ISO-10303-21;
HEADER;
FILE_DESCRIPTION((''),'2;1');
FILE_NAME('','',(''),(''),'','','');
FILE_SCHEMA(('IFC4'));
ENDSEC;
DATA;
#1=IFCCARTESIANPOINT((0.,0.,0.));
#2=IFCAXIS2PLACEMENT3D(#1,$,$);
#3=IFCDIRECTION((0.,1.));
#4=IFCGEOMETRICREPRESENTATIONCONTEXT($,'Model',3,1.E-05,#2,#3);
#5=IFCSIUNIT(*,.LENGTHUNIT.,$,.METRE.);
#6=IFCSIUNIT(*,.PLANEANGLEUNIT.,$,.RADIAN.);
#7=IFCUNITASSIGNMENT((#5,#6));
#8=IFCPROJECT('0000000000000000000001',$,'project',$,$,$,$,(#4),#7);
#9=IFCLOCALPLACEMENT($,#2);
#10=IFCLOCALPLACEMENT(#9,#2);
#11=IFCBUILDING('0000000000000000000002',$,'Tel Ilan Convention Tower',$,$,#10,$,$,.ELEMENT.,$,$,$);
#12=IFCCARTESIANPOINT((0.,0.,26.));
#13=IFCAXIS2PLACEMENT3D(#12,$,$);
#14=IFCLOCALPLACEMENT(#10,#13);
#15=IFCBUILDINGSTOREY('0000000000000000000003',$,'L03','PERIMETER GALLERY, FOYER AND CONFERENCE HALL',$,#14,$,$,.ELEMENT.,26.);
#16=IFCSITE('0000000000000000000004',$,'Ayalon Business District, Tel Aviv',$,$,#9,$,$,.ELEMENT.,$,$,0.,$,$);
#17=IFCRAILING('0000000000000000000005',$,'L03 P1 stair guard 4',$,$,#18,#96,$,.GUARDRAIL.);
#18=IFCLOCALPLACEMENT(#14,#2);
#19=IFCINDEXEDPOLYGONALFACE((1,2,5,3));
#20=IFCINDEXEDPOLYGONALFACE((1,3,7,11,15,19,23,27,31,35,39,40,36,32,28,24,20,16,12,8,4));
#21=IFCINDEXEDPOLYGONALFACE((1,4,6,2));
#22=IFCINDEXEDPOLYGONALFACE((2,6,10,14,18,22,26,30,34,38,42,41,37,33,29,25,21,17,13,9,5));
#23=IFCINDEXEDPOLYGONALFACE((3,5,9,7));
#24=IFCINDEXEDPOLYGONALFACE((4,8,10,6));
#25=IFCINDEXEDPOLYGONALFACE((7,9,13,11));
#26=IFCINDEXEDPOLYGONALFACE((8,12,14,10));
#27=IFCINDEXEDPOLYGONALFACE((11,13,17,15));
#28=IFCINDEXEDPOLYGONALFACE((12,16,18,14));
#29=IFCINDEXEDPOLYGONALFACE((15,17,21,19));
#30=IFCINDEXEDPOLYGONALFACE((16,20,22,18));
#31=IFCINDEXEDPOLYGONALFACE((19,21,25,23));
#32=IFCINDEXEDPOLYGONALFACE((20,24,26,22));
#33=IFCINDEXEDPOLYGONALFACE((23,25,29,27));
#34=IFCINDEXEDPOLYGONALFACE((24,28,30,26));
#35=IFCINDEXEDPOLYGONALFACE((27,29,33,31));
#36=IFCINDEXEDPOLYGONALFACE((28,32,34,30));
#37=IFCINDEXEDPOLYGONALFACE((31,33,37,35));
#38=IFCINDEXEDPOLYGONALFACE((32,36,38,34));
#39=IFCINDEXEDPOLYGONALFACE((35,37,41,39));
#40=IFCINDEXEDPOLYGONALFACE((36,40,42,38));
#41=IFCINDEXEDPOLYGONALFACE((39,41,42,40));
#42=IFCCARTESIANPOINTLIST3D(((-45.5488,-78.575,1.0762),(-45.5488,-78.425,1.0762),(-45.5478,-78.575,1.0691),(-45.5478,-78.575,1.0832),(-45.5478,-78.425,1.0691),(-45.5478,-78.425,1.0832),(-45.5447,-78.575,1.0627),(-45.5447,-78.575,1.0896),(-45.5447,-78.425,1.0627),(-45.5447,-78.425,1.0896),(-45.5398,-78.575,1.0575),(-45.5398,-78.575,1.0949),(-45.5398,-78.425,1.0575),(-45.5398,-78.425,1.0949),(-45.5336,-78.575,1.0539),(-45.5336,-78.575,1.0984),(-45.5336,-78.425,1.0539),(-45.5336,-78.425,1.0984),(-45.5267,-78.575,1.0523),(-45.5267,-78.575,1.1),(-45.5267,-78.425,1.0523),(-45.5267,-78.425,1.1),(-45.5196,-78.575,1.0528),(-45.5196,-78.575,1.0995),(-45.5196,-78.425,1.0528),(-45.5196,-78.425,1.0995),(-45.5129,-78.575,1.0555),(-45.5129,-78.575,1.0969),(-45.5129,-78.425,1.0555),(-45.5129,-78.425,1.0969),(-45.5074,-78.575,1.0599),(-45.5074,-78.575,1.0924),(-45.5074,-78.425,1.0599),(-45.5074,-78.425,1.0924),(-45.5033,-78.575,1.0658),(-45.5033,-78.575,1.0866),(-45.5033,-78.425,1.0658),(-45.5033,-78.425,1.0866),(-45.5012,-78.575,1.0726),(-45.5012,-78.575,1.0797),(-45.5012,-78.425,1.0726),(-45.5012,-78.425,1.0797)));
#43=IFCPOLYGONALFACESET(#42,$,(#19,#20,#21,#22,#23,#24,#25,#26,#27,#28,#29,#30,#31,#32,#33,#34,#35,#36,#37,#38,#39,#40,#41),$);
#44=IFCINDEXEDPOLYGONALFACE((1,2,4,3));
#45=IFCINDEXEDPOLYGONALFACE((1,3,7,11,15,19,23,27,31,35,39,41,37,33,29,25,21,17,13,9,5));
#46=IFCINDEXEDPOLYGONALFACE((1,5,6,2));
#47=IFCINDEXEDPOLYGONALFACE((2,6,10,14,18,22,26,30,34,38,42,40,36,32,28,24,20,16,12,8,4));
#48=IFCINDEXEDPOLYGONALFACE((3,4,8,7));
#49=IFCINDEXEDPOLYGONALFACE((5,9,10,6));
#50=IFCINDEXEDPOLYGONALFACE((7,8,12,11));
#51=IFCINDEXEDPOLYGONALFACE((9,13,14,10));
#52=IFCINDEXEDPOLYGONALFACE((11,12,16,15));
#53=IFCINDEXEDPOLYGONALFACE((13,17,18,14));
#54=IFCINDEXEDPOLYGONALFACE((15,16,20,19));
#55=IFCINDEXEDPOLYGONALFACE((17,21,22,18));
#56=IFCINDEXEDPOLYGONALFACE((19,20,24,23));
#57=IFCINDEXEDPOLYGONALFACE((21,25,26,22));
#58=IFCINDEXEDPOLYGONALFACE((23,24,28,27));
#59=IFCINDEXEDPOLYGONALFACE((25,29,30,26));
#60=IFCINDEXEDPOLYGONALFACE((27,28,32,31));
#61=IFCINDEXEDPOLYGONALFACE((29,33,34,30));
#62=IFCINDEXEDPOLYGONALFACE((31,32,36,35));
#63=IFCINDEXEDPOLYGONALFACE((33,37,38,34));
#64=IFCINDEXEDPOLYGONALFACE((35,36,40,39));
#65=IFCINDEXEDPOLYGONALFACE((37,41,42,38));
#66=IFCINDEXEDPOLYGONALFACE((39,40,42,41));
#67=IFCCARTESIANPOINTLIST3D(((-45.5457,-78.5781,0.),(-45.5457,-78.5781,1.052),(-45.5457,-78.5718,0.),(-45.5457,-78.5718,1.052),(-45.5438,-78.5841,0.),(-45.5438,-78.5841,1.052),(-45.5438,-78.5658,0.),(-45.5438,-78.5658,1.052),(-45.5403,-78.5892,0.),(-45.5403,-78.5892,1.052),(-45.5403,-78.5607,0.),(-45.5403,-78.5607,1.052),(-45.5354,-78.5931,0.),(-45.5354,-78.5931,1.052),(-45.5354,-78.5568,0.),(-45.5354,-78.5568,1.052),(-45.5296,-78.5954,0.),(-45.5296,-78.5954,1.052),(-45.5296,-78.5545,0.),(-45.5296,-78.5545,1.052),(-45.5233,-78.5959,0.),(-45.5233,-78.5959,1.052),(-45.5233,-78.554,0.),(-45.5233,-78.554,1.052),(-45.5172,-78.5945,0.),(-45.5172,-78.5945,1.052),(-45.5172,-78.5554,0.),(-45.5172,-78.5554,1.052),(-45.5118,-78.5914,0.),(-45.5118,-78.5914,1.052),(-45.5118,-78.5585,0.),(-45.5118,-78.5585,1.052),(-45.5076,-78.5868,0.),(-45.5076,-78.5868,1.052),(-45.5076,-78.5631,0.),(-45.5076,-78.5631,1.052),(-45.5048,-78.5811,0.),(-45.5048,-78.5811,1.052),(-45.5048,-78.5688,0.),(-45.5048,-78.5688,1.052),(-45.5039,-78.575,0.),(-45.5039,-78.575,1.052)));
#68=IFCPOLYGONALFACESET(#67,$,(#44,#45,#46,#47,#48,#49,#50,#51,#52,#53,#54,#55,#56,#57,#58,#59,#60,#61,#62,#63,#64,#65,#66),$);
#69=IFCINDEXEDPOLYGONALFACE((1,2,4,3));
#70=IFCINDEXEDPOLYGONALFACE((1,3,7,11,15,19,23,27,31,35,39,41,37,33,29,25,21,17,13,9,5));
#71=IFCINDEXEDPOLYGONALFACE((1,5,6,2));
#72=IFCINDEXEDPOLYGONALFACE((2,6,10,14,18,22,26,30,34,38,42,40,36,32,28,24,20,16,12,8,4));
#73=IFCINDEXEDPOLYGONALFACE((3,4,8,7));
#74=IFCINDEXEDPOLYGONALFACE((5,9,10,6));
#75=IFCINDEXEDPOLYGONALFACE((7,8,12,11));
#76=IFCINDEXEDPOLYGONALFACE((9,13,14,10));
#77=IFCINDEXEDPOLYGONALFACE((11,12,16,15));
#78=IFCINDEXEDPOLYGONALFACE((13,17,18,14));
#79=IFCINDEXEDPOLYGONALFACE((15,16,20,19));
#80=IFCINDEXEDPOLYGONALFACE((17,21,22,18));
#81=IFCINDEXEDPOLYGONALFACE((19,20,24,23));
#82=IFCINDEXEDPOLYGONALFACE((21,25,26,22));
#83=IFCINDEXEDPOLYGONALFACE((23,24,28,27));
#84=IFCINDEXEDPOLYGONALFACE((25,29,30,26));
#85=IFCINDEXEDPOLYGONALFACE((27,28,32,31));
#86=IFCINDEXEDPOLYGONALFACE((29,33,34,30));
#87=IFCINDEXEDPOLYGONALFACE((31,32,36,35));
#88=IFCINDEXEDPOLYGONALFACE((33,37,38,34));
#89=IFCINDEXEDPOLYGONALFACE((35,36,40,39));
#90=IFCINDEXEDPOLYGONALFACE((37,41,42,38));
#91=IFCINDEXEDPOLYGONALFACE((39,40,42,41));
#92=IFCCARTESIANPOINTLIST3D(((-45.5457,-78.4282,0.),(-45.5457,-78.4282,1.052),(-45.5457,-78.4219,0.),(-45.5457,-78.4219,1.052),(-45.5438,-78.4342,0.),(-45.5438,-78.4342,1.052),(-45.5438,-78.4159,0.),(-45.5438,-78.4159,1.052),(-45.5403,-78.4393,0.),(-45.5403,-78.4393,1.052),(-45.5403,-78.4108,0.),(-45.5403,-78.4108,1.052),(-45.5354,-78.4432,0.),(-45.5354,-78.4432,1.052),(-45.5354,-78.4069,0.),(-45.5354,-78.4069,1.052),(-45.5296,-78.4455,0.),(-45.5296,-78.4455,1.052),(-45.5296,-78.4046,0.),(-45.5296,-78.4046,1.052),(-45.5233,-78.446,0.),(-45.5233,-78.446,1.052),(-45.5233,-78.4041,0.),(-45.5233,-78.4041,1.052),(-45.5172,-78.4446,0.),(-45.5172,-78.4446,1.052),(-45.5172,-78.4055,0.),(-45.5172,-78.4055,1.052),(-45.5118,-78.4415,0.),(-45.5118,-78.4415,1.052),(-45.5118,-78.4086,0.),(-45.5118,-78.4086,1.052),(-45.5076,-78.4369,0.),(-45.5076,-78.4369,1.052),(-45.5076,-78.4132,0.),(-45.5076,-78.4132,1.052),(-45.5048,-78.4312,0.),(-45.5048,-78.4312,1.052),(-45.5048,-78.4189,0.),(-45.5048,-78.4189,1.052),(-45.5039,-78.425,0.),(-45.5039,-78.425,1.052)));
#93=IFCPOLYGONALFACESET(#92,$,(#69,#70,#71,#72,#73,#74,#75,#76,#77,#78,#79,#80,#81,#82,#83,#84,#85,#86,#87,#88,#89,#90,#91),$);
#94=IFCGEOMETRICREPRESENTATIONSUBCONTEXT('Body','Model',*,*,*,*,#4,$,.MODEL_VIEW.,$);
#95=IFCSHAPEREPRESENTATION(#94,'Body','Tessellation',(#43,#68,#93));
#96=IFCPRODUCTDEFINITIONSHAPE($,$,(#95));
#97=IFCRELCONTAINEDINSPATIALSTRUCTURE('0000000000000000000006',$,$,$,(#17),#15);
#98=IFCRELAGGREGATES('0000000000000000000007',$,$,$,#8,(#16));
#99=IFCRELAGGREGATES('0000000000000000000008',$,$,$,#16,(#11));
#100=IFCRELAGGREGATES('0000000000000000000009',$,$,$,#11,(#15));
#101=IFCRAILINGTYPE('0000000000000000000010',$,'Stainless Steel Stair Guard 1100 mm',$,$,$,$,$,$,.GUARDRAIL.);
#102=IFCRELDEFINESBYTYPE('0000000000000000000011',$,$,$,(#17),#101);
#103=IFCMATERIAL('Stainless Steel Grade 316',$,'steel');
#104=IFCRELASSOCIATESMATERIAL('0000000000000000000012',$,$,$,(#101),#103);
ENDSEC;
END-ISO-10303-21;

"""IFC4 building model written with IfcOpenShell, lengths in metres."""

from ifc_helpers import new_model, si_unit, direction, frame, origin, origin_2d, place, context, subcontext, project, spatial, circle, extrude, material, type_object, element, save


model = new_model("IFC4")

# Units and contexts
model_context = context("Model", 3, precision=1e-05, world=origin(), true_north=direction((0.0, 1.0)))
body_context = subcontext(model_context, "Body", "Model", "MODEL_VIEW")
ifc_project = project(units=[si_unit("LENGTHUNIT", "METRE"), si_unit("PLANEANGLEUNIT", "RADIAN")], contexts=[model_context])

# Site, building, storey
site_placement = place(None, origin())
site = spatial("IfcSite", under=ifc_project, at=site_placement, Name="Ayalon Business District, Tel Aviv", CompositionType="ELEMENT", RefElevation=0.0)
building_placement = place(site_placement, origin())
building = spatial("IfcBuilding", under=site, at=building_placement, Name="Tel Ilan Convention Tower", CompositionType="ELEMENT")
storey_placement = place(building_placement, frame((0.0, 0.0, 26.0)))
storey = spatial("IfcBuildingStorey", under=building, at=storey_placement, Name="L03", Description="PERIMETER GALLERY, FOYER AND CONFERENCE HALL", CompositionType="ELEMENT", Elevation=26.0)

# Railing
ifc_material_1 = material(Name="Stainless Steel Grade 316", Category="steel")
railing_type = type_object("IfcRailingType", Name="Stainless Steel Stair Guard 1100 mm", PredefinedType="GUARDRAIL", material=ifc_material_1)
railing_1_placement = place(storey_placement, frame((-45.5249, -78.575, 0.0)))
element("IfcRailing", 1, at=railing_1_placement, inside=storey, type_object=railing_type, Name="L03 P1 stair guard 4", PredefinedType="GUARDRAIL", context=body_context, shape_type="SweptSolid", body=[
    extrude(circle(Radius=0.0239, at=origin_2d()), frame((0.0, 0.0, 1.0762), z_axis=(0.0, 1.0, 0.0), x_axis=(-1.0, 0.0, 0.0)), (0.0, 0.0, 1.0), 0.1499),
    extrude(circle(Radius=0.021, at=origin_2d()), origin(), (0.0, 0.0, 1.0), 1.052),
    extrude(circle(Radius=0.021, at=origin_2d()), frame((0.0, 0.1499, 0.0)), (0.0, 0.0, 1.0), 1.052),
])

save(model, "model.ifc")
